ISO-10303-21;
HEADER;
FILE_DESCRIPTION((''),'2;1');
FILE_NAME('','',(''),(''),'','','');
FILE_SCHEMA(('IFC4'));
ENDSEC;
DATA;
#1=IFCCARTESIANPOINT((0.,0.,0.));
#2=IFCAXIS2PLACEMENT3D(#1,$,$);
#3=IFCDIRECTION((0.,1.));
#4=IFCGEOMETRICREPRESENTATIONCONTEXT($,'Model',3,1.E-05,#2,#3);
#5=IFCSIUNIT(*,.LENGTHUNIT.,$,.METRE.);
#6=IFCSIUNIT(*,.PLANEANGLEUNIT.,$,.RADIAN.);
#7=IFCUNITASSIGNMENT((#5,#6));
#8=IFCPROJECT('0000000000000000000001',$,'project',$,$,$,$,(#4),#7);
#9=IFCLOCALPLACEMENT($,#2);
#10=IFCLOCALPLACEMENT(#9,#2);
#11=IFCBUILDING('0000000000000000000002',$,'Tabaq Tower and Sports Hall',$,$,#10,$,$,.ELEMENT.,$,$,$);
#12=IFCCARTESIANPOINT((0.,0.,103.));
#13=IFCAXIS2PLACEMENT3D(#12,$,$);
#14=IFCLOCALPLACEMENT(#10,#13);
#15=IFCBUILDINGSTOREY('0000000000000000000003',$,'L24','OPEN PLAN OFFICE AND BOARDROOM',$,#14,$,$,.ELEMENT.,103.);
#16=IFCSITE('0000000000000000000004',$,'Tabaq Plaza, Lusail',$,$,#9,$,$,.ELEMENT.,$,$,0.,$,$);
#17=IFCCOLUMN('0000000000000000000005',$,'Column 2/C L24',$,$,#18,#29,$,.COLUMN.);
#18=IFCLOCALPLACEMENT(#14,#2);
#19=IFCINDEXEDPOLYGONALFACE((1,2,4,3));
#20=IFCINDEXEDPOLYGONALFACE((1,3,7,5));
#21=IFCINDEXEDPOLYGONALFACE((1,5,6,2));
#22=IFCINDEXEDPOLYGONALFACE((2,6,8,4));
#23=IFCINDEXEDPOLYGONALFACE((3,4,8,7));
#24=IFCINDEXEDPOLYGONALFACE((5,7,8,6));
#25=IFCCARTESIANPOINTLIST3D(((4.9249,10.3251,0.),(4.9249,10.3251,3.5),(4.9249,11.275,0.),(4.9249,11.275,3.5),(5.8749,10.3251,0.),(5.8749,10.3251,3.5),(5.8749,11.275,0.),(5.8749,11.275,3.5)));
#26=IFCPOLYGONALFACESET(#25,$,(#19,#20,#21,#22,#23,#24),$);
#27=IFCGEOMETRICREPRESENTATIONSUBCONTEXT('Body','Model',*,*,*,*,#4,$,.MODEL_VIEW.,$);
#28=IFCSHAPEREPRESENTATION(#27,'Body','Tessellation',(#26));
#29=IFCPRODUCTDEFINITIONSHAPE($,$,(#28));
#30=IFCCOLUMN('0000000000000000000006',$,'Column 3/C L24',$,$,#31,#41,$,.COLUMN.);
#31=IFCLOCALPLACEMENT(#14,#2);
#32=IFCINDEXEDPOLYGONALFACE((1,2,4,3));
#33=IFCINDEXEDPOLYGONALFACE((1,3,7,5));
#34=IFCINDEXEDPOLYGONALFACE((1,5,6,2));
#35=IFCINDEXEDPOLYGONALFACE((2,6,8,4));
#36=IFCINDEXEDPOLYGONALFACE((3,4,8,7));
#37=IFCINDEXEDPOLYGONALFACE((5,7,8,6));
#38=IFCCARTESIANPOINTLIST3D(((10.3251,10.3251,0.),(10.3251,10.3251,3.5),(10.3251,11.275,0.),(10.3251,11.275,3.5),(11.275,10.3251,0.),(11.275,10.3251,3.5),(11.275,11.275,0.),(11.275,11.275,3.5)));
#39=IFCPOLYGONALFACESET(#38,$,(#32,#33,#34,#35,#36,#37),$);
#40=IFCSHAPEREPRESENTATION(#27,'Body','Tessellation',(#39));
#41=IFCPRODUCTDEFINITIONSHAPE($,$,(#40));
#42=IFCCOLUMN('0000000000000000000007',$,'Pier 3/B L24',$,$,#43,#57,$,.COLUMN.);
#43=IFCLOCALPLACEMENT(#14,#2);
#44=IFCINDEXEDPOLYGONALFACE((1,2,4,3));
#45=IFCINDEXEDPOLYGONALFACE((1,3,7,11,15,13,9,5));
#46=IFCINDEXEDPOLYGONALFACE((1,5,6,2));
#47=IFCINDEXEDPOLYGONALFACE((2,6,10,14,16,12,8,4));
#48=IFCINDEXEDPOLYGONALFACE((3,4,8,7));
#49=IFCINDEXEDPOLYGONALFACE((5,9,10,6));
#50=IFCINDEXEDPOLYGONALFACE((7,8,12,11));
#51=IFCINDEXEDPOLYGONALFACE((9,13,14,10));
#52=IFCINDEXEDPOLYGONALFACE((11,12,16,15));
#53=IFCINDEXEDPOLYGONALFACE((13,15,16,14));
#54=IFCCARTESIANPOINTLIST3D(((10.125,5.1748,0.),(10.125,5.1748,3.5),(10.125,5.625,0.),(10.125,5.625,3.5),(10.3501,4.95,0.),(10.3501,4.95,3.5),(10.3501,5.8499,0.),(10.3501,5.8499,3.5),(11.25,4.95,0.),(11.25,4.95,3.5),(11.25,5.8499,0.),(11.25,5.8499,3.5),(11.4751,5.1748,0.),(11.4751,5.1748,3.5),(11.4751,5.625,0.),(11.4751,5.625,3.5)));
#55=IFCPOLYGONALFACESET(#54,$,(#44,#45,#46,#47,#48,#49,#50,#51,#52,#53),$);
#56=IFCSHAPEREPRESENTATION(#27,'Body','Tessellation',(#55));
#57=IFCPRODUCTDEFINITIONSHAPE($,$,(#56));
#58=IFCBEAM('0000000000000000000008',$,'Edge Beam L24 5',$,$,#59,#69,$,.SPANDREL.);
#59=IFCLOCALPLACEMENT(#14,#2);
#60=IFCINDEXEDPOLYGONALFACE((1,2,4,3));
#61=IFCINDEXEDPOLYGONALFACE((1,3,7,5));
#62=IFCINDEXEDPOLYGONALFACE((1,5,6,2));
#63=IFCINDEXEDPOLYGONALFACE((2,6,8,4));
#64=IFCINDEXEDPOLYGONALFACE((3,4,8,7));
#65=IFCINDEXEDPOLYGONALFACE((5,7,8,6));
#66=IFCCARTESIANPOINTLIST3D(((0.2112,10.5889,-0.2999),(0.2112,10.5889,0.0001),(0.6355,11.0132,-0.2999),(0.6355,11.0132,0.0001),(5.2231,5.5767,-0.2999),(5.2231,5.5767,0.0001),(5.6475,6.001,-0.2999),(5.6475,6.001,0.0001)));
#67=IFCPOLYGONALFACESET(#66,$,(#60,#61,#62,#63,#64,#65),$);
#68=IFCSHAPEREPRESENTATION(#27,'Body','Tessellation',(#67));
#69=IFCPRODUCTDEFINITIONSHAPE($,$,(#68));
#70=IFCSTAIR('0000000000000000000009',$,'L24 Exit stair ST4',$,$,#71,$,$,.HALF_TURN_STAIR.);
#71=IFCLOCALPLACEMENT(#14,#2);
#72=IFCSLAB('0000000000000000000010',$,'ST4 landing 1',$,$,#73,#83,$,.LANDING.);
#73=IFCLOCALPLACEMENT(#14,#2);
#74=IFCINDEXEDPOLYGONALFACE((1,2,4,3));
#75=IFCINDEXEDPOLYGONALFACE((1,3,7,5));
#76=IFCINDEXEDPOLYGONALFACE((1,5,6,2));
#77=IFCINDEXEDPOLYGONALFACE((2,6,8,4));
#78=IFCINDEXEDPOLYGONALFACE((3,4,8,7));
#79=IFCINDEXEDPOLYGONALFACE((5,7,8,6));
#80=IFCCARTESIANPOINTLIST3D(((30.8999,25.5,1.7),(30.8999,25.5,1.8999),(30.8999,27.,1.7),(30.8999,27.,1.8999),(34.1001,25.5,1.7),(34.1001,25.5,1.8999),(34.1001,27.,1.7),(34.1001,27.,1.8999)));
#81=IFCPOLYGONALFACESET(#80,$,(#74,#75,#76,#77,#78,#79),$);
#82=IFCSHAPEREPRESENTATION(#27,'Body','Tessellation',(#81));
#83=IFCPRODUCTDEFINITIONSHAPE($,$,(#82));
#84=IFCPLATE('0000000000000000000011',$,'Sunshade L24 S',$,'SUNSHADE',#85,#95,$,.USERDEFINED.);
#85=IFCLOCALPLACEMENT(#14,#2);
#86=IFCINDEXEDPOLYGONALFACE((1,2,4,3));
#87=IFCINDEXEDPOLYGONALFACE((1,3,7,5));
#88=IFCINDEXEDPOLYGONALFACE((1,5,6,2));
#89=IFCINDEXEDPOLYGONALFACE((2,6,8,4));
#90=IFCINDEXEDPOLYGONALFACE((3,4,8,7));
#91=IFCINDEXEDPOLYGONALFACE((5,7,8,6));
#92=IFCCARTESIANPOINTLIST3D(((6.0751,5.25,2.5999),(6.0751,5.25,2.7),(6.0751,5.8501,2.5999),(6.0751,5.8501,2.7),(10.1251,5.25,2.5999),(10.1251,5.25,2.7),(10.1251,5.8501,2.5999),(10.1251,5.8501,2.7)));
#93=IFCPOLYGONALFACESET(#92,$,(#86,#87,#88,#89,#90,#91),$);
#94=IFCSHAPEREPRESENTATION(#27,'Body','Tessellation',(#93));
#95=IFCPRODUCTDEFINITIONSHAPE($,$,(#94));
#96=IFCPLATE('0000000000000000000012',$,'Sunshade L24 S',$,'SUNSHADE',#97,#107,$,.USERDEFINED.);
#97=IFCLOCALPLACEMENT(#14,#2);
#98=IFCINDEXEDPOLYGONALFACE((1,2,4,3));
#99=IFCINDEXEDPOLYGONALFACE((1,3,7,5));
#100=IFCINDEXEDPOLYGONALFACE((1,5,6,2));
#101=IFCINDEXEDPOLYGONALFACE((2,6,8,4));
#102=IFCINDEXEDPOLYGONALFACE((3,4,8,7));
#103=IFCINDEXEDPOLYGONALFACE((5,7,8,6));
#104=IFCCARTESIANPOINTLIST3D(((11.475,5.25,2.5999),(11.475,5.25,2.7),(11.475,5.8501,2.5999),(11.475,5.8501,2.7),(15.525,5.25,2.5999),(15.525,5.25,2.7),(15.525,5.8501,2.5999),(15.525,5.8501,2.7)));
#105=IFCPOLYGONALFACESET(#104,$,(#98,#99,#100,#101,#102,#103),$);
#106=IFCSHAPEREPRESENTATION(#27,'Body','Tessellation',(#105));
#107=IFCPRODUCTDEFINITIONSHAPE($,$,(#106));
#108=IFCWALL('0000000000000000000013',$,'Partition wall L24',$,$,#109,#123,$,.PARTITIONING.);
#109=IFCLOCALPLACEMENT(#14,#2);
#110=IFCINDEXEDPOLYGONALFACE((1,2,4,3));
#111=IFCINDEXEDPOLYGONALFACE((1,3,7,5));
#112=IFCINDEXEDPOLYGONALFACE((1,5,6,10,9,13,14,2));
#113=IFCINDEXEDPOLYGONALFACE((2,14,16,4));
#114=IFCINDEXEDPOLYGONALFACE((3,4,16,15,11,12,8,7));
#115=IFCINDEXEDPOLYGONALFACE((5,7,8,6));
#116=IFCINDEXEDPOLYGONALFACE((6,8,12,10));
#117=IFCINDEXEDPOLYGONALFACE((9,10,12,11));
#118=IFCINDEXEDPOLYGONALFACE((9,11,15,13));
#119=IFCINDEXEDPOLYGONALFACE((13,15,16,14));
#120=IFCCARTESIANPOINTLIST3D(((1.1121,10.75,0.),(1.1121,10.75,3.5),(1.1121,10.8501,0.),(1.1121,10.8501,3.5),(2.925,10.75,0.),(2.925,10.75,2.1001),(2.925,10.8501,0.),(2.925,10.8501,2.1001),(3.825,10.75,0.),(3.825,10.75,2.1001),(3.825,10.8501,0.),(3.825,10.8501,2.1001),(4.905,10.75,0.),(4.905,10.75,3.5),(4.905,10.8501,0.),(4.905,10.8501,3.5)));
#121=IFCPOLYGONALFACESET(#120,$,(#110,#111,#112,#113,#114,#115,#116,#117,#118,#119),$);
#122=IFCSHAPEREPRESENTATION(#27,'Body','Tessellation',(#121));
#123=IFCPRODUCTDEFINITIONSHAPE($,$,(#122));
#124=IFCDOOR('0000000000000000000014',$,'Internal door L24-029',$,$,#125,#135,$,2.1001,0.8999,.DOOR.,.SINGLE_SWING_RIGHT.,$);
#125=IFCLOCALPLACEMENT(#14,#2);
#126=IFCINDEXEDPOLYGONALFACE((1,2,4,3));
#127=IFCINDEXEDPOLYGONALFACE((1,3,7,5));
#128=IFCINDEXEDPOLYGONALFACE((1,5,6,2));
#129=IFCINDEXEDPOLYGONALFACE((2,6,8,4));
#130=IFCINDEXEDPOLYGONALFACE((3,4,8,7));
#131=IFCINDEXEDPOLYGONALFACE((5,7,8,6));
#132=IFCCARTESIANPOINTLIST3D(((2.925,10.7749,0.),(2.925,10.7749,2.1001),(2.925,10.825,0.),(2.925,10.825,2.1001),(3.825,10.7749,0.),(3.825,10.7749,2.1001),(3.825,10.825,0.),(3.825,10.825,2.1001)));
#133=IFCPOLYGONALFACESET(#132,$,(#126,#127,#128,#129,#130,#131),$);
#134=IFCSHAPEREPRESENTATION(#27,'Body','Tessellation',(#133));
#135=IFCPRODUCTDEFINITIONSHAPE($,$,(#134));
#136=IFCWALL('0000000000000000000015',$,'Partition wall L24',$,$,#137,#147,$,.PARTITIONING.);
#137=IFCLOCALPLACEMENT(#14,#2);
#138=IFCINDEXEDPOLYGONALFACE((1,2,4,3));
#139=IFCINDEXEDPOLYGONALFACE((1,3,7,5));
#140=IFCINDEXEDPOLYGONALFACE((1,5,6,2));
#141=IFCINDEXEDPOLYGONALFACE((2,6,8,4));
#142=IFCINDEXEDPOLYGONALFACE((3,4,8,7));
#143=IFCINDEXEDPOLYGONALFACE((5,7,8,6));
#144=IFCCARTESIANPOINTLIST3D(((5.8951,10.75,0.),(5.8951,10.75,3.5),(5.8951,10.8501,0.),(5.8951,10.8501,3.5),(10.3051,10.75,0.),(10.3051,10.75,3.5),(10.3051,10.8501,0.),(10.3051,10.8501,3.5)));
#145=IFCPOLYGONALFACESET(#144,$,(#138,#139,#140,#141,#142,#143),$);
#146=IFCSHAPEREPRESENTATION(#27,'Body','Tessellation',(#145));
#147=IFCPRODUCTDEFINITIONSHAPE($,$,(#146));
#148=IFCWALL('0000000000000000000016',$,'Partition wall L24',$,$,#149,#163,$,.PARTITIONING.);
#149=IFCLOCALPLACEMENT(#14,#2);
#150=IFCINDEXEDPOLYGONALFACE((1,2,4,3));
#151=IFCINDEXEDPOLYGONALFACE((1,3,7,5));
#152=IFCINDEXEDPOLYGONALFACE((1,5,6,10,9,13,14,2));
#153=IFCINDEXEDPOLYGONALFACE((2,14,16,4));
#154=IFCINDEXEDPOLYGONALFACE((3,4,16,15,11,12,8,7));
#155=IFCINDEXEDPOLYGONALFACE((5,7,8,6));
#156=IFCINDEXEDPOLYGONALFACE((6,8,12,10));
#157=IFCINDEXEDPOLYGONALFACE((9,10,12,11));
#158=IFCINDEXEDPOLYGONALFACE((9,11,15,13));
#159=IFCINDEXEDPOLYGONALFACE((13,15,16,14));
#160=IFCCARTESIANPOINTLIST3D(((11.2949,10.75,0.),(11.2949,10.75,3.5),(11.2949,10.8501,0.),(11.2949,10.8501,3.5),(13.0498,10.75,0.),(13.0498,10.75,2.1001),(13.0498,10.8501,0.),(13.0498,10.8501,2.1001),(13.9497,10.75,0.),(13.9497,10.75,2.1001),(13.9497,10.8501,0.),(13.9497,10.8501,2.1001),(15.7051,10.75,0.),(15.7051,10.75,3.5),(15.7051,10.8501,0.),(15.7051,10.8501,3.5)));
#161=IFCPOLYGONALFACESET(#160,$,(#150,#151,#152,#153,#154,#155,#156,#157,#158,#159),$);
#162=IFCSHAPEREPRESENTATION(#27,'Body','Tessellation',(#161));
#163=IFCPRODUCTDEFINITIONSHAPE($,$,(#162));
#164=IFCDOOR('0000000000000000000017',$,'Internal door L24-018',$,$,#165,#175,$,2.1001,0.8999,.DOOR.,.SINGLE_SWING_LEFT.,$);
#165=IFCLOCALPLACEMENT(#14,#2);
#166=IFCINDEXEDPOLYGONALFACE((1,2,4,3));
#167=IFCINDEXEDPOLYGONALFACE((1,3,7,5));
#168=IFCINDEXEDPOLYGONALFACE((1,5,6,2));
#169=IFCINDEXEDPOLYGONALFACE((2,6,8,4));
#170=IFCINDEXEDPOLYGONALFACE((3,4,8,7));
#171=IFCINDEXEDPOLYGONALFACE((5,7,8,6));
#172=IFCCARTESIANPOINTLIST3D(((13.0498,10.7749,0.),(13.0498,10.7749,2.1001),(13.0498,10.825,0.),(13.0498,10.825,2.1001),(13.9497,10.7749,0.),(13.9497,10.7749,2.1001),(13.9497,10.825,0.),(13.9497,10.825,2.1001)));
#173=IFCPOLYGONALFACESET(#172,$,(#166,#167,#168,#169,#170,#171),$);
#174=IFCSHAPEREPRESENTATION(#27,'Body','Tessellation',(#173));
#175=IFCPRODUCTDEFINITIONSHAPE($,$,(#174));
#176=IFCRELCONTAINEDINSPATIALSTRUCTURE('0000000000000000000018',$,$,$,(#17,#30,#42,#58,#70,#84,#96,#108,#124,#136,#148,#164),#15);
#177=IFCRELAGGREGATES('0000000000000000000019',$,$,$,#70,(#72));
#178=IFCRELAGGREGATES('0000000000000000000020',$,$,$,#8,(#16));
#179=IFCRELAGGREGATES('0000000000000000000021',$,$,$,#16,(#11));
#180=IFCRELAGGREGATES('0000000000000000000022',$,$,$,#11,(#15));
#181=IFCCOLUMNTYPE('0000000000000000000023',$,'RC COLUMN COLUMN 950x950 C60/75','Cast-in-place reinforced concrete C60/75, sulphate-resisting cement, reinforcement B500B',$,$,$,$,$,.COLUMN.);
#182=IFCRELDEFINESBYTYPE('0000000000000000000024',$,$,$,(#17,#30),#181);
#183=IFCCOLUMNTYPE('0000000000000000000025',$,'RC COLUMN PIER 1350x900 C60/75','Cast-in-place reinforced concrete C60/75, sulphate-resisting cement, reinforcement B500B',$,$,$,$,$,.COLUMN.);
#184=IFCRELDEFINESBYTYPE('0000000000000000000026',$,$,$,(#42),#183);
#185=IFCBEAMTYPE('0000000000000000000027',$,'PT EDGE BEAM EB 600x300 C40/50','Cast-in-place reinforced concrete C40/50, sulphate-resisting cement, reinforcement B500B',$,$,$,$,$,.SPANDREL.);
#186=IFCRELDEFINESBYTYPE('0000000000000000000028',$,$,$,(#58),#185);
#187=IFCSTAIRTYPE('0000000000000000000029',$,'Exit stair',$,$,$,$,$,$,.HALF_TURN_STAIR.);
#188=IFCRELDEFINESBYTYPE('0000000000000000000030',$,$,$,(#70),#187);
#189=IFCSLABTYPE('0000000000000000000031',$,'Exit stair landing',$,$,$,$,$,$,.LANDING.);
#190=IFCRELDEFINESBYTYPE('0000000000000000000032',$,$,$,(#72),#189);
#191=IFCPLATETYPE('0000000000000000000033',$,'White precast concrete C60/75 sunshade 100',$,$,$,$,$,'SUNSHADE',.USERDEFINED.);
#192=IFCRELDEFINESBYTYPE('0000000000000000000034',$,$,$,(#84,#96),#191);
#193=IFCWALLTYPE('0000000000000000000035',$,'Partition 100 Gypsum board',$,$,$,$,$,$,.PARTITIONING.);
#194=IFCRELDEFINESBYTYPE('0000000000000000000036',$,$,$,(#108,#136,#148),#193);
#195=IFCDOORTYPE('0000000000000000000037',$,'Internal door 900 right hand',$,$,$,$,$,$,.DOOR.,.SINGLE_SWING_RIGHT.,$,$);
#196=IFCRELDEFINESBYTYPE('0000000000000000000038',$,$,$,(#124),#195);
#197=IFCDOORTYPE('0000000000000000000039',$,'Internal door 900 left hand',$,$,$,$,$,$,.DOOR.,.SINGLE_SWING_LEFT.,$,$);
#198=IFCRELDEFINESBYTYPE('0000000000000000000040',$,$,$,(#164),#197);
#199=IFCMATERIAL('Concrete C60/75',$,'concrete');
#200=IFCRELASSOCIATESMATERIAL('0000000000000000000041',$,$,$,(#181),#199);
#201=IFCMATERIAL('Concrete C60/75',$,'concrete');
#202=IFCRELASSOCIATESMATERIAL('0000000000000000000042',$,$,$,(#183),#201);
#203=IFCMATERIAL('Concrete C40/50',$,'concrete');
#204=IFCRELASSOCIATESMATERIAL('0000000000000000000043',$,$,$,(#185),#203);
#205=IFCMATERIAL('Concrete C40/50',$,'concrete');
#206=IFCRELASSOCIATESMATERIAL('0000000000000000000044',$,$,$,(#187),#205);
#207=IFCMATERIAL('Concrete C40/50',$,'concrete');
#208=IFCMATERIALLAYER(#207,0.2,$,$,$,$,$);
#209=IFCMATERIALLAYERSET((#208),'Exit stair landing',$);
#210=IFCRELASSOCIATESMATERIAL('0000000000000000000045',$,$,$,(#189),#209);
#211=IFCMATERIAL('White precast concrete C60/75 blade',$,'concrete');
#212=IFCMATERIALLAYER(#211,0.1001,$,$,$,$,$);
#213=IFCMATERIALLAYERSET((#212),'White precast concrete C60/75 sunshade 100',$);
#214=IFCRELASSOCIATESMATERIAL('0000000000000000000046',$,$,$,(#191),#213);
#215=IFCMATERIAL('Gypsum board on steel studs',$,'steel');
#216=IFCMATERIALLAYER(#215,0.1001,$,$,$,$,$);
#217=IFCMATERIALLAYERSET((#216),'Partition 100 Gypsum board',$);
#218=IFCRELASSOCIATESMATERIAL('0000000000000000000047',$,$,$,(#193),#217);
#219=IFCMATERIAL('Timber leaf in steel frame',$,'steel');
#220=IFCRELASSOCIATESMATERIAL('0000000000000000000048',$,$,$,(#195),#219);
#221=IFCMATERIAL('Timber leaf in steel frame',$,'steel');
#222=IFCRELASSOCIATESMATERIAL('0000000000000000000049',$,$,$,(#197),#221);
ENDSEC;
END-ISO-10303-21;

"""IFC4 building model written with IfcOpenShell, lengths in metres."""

from ifc_helpers import new_model, si_unit, direction, frame, frame_2d, origin, origin_2d, place, context, subcontext, project, spatial, polyline, rectangle, outline, extrude, material, layer, layer_set, material_profile, profile_set, type_object, element, fill, aggregate, save


model = new_model("IFC4")

# Units and contexts
model_context = context("Model", 3, precision=1e-05, world=origin(), true_north=direction((0.0, 1.0)))
body_context = subcontext(model_context, "Body", "Model", "MODEL_VIEW")
ifc_project = project(units=[si_unit("LENGTHUNIT", "METRE"), si_unit("PLANEANGLEUNIT", "RADIAN")], contexts=[model_context])

# Site, building, storey
site_placement = place(None, origin())
site = spatial("IfcSite", under=ifc_project, at=site_placement, Name="Tabaq Plaza, Lusail", CompositionType="ELEMENT", RefElevation=0.0)
building_placement = place(site_placement, origin())
building = spatial("IfcBuilding", under=site, at=building_placement, Name="Tabaq Tower and Sports Hall", CompositionType="ELEMENT")
storey_placement = place(building_placement, frame((0.0, 0.0, 103.0)))
storey = spatial("IfcBuildingStorey", under=building, at=storey_placement, Name="L24", Description="OPEN PLAN OFFICE AND BOARDROOM", CompositionType="ELEMENT", Elevation=103.0)

# Columns
ifc_material_1 = material(Name="Concrete C60/75", Category="concrete")
ifc_material_profile_1 = material_profile(ifc_material_1, rectangle(XDim=0.95, YDim=0.95, at=origin_2d()), Name="COLUMN 950x950")
ifc_profile_set_1 = profile_set([ifc_material_profile_1], Name="Concrete C60/75")
column_type_1 = type_object("IfcColumnType", Name="RC COLUMN COLUMN 950x950 C60/75", Description="Cast-in-place reinforced concrete C60/75, sulphate-resisting cement, reinforcement B500B", PredefinedType="COLUMN", material=ifc_profile_set_1)
for number, where, z_axis, x_axis, name in (
    (1, (5.3999, 10.8, 0.0), (0.0, 0.0, 1.0), (1.0, 0.0, 0.0), "Column 2/C L24"),
    (2, (10.8, 10.8, 0.0), (0.0, 0.0, 1.0), (1.0, 0.0, 0.0), "Column 3/C L24"),
):
    element("IfcColumn", number, at=place(storey_placement, frame(where, z_axis=z_axis, x_axis=x_axis)), inside=storey, type_object=column_type_1, Name=name, PredefinedType="COLUMN", context=body_context, shape_type="SweptSolid", body=[
        extrude(rectangle(XDim=0.95, YDim=0.95, at=origin_2d()), origin(), (0.0, 0.0, 1.0), 3.5),
    ])
ifc_material_2 = material(Name="Concrete C60/75", Category="concrete")
ifc_material_profile_2 = material_profile(ifc_material_2, outline(polyline([(-0.45, -0.45), (0.45, -0.45), (0.675, -0.2251), (0.675, 0.2251), (0.45, 0.45), (-0.45, 0.45), (-0.675, 0.2251), (-0.675, -0.2251), (-0.45, -0.45)])), Name="PIER 1350x900")
ifc_profile_set_2 = profile_set([ifc_material_profile_2], Name="Concrete C60/75")
column_type_2 = type_object("IfcColumnType", Name="RC COLUMN PIER 1350x900 C60/75", Description="Cast-in-place reinforced concrete C60/75, sulphate-resisting cement, reinforcement B500B", PredefinedType="COLUMN", material=ifc_profile_set_2)
column_placement = place(storey_placement, frame((10.8, 5.3999, 0.0), z_axis=(0.0, 0.0, 1.0), x_axis=(1.0, 0.0, 0.0)))
element("IfcColumn", 3, at=column_placement, inside=storey, type_object=column_type_2, Name="Pier 3/B L24", PredefinedType="COLUMN", context=body_context, shape_type="SweptSolid", body=[
    extrude(outline(polyline([(-0.45, -0.45), (0.45, -0.45), (0.675, -0.2251), (0.675, 0.2251), (0.45, 0.45), (-0.45, 0.45), (-0.675, 0.2251), (-0.675, -0.2251), (-0.45, -0.45)])), origin(), (0.0, 0.0, 1.0), 3.5),
])

# Beam
ifc_material_3 = material(Name="Concrete C40/50", Category="concrete")
ifc_material_profile_3 = material_profile(ifc_material_3, rectangle(XDim=0.6001, YDim=0.3, at=origin_2d()), Name="EB 600x300")
ifc_profile_set_3 = profile_set([ifc_material_profile_3], Name="Concrete C40/50")
beam_type = type_object("IfcBeamType", Name="PT EDGE BEAM EB 600x300 C40/50", Description="Cast-in-place reinforced concrete C40/50, sulphate-resisting cement, reinforcement B500B", PredefinedType="SPANDREL", material=ifc_profile_set_3)
beam_placement = place(storey_placement, frame((0.4233, 10.801, -0.1499), z_axis=(0.70709, -0.707124, 0.0), x_axis=(0.707124, 0.70709, 0.0)))
element("IfcBeam", 4, at=beam_placement, inside=storey, type_object=beam_type, Name="Edge Beam L24 5", PredefinedType="SPANDREL", context=body_context, shape_type="SweptSolid", body=[
    extrude(rectangle(XDim=0.6001, YDim=0.3, at=origin_2d()), origin(), (0.0, 0.0, 1.0), 7.0881),
])

# Stair, slab
ifc_material_4 = material(Name="Concrete C40/50", Category="concrete")
stair_type = type_object("IfcStairType", Name="Exit stair", PredefinedType="HALF_TURN_STAIR", material=ifc_material_4)
stair_placement = place(storey_placement, origin())
stair = element("IfcStair", 5, at=stair_placement, inside=storey, type_object=stair_type, Name="L24 Exit stair ST4", PredefinedType="HALF_TURN_STAIR")
ifc_material_5 = material(Name="Concrete C40/50", Category="concrete")
ifc_layer_1 = layer(ifc_material_5, 0.2)
ifc_layer_set_1 = layer_set([ifc_layer_1], Name="Exit stair landing")
slab_type = type_object("IfcSlabType", Name="Exit stair landing", PredefinedType="LANDING", material=ifc_layer_set_1)
slab_placement = place(storey_placement, frame((0.0, 0.0, 1.7)))
slab = element("IfcSlab", 6, at=slab_placement, type_object=slab_type, Name="ST4 landing 1", PredefinedType="LANDING", context=body_context, shape_type="SweptSolid", body=[
    extrude(outline(polyline([(30.8999, 27.0), (30.8999, 25.5), (34.1001, 25.5), (34.1001, 27.0), (30.8999, 27.0)])), origin(), (0.0, 0.0, 1.0), 0.2),
])
aggregate(stair, [slab])

# Plates
ifc_material_6 = material(Name="White precast concrete C60/75 blade", Category="concrete")
ifc_layer_2 = layer(ifc_material_6, 0.1001)
ifc_layer_set_2 = layer_set([ifc_layer_2], Name="White precast concrete C60/75 sunshade 100")
plate_type = type_object("IfcPlateType", Name="White precast concrete C60/75 sunshade 100", ElementType="SUNSHADE", PredefinedType="USERDEFINED", material=ifc_layer_set_2)
for number, where, z_axis, x_axis, name in (
    (7, (8.1001, 5.55, 2.5999), (0.0, 0.0, 1.0), (1.0, 0.0, 0.0), "Sunshade L24 S"),
    (8, (13.5, 5.55, 2.5999), (0.0, 0.0, 1.0), (1.0, 0.0, 0.0), "Sunshade L24 S"),
):
    element("IfcPlate", number, at=place(storey_placement, frame(where, z_axis=z_axis, x_axis=x_axis)), inside=storey, type_object=plate_type, Name=name, ObjectType="SUNSHADE", PredefinedType="USERDEFINED", context=body_context, shape_type="SweptSolid", body=[
        extrude(rectangle(XDim=4.05, YDim=0.6001, at=origin_2d()), origin(), (0.0, 0.0, 1.0), 0.1001),
    ])

# Wall, opening, door
ifc_material_7 = material(Name="Gypsum board on steel studs", Category="steel")
ifc_layer_3 = layer(ifc_material_7, 0.1001)
ifc_layer_set_3 = layer_set([ifc_layer_3], Name="Partition 100 Gypsum board")
wall_type_1 = type_object("IfcWallType", Name="Partition 100 Gypsum board", PredefinedType="PARTITIONING", material=ifc_layer_set_3)
wall_1_placement = place(storey_placement, frame((1.1121, 10.8, 0.0), z_axis=(0.0, 0.0, 1.0), x_axis=(1.0, 0.0, 0.0)))
wall_1 = element("IfcWall", 9, at=wall_1_placement, inside=storey, type_object=wall_type_1, Name="Partition wall L24", PredefinedType="PARTITIONING", context=body_context, shape_type="SweptSolid", body=[
    extrude(rectangle(XDim=3.793, YDim=0.1001, at=frame_2d((1.8965, 0.0))), origin(), (0.0, 0.0, 1.0), 3.5),
])
opening_1_placement = place(wall_1_placement, frame((1.813, 0.0, 0.0)))
opening_1 = element("IfcOpeningElement", 10, at=opening_1_placement, cuts=wall_1, PredefinedType="OPENING", context=body_context, shape_type="SweptSolid", body=[
    extrude(rectangle(XDim=0.8999, YDim=2.1001, at=frame_2d((0.45, 1.05))), frame((0.0, 0.05, 0.0), z_axis=(0.0, -1.0, 0.0), x_axis=(1.0, 0.0, 0.0)), (0.0, 0.0, 1.0), 0.1001),
])
ifc_material_8 = material(Name="Timber leaf in steel frame", Category="steel")
door_type_1 = type_object("IfcDoorType", Name="Internal door 900 right hand", OperationType="SINGLE_SWING_RIGHT", PredefinedType="DOOR", material=ifc_material_8)
door_1_placement = place(opening_1_placement, origin())
door_1 = element("IfcDoor", 11, at=door_1_placement, inside=storey, type_object=door_type_1, Name="Internal door L24-029", OperationType="SINGLE_SWING_RIGHT", OverallHeight=2.1001, OverallWidth=0.8999, PredefinedType="DOOR", context=body_context, shape_type="SweptSolid", body=[
    extrude(rectangle(XDim=0.8999, YDim=2.1001, at=frame_2d((0.45, 1.05))), frame((0.0, 0.0249, 0.0), z_axis=(0.0, -1.0, 0.0), x_axis=(1.0, 0.0, 0.0)), (0.0, 0.0, 1.0), 0.05),
])
fill(opening_1, door_1)

# Wall
wall_2_placement = place(storey_placement, frame((5.895, 10.8, 0.0), z_axis=(0.0, 0.0, 1.0), x_axis=(1.0, 0.0, 0.0)))
element("IfcWall", 12, at=wall_2_placement, inside=storey, type_object=wall_type_1, Name="Partition wall L24", PredefinedType="PARTITIONING", context=body_context, shape_type="SweptSolid", body=[
    extrude(rectangle(XDim=4.4099, YDim=0.1001, at=frame_2d((2.2051, 0.0))), origin(), (0.0, 0.0, 1.0), 3.5),
])

# Wall, opening, door
wall_3_placement = place(storey_placement, frame((11.2949, 10.8, 0.0), z_axis=(0.0, 0.0, 1.0), x_axis=(1.0, 0.0, 0.0)))
wall_3 = element("IfcWall", 13, at=wall_3_placement, inside=storey, type_object=wall_type_1, Name="Partition wall L24", PredefinedType="PARTITIONING", context=body_context, shape_type="SweptSolid", body=[
    extrude(rectangle(XDim=4.4102, YDim=0.1001, at=frame_2d((2.2051, 0.0))), origin(), (0.0, 0.0, 1.0), 3.5),
])
opening_2_placement = place(wall_3_placement, frame((1.7549, 0.0, 0.0)))
opening_2 = element("IfcOpeningElement", 14, at=opening_2_placement, cuts=wall_3, PredefinedType="OPENING", context=body_context, shape_type="SweptSolid", body=[
    extrude(rectangle(XDim=0.8999, YDim=2.1001, at=frame_2d((0.45, 1.05))), frame((0.0, 0.05, 0.0), z_axis=(0.0, -1.0, 0.0), x_axis=(1.0, 0.0, 0.0)), (0.0, 0.0, 1.0), 0.1001),
])
ifc_material_9 = material(Name="Timber leaf in steel frame", Category="steel")
door_type_2 = type_object("IfcDoorType", Name="Internal door 900 left hand", OperationType="SINGLE_SWING_LEFT", PredefinedType="DOOR", material=ifc_material_9)
door_2_placement = place(opening_2_placement, origin())
door_2 = element("IfcDoor", 15, at=door_2_placement, inside=storey, type_object=door_type_2, Name="Internal door L24-018", OperationType="SINGLE_SWING_LEFT", OverallHeight=2.1001, OverallWidth=0.8999, PredefinedType="DOOR", context=body_context, shape_type="SweptSolid", body=[
    extrude(rectangle(XDim=0.8999, YDim=2.1001, at=frame_2d((0.45, 1.05))), frame((0.0, 0.0249, 0.0), z_axis=(0.0, -1.0, 0.0), x_axis=(1.0, 0.0, 0.0)), (0.0, 0.0, 1.0), 0.05),
])
fill(opening_2, door_2)

save(model, "model.ifc")
